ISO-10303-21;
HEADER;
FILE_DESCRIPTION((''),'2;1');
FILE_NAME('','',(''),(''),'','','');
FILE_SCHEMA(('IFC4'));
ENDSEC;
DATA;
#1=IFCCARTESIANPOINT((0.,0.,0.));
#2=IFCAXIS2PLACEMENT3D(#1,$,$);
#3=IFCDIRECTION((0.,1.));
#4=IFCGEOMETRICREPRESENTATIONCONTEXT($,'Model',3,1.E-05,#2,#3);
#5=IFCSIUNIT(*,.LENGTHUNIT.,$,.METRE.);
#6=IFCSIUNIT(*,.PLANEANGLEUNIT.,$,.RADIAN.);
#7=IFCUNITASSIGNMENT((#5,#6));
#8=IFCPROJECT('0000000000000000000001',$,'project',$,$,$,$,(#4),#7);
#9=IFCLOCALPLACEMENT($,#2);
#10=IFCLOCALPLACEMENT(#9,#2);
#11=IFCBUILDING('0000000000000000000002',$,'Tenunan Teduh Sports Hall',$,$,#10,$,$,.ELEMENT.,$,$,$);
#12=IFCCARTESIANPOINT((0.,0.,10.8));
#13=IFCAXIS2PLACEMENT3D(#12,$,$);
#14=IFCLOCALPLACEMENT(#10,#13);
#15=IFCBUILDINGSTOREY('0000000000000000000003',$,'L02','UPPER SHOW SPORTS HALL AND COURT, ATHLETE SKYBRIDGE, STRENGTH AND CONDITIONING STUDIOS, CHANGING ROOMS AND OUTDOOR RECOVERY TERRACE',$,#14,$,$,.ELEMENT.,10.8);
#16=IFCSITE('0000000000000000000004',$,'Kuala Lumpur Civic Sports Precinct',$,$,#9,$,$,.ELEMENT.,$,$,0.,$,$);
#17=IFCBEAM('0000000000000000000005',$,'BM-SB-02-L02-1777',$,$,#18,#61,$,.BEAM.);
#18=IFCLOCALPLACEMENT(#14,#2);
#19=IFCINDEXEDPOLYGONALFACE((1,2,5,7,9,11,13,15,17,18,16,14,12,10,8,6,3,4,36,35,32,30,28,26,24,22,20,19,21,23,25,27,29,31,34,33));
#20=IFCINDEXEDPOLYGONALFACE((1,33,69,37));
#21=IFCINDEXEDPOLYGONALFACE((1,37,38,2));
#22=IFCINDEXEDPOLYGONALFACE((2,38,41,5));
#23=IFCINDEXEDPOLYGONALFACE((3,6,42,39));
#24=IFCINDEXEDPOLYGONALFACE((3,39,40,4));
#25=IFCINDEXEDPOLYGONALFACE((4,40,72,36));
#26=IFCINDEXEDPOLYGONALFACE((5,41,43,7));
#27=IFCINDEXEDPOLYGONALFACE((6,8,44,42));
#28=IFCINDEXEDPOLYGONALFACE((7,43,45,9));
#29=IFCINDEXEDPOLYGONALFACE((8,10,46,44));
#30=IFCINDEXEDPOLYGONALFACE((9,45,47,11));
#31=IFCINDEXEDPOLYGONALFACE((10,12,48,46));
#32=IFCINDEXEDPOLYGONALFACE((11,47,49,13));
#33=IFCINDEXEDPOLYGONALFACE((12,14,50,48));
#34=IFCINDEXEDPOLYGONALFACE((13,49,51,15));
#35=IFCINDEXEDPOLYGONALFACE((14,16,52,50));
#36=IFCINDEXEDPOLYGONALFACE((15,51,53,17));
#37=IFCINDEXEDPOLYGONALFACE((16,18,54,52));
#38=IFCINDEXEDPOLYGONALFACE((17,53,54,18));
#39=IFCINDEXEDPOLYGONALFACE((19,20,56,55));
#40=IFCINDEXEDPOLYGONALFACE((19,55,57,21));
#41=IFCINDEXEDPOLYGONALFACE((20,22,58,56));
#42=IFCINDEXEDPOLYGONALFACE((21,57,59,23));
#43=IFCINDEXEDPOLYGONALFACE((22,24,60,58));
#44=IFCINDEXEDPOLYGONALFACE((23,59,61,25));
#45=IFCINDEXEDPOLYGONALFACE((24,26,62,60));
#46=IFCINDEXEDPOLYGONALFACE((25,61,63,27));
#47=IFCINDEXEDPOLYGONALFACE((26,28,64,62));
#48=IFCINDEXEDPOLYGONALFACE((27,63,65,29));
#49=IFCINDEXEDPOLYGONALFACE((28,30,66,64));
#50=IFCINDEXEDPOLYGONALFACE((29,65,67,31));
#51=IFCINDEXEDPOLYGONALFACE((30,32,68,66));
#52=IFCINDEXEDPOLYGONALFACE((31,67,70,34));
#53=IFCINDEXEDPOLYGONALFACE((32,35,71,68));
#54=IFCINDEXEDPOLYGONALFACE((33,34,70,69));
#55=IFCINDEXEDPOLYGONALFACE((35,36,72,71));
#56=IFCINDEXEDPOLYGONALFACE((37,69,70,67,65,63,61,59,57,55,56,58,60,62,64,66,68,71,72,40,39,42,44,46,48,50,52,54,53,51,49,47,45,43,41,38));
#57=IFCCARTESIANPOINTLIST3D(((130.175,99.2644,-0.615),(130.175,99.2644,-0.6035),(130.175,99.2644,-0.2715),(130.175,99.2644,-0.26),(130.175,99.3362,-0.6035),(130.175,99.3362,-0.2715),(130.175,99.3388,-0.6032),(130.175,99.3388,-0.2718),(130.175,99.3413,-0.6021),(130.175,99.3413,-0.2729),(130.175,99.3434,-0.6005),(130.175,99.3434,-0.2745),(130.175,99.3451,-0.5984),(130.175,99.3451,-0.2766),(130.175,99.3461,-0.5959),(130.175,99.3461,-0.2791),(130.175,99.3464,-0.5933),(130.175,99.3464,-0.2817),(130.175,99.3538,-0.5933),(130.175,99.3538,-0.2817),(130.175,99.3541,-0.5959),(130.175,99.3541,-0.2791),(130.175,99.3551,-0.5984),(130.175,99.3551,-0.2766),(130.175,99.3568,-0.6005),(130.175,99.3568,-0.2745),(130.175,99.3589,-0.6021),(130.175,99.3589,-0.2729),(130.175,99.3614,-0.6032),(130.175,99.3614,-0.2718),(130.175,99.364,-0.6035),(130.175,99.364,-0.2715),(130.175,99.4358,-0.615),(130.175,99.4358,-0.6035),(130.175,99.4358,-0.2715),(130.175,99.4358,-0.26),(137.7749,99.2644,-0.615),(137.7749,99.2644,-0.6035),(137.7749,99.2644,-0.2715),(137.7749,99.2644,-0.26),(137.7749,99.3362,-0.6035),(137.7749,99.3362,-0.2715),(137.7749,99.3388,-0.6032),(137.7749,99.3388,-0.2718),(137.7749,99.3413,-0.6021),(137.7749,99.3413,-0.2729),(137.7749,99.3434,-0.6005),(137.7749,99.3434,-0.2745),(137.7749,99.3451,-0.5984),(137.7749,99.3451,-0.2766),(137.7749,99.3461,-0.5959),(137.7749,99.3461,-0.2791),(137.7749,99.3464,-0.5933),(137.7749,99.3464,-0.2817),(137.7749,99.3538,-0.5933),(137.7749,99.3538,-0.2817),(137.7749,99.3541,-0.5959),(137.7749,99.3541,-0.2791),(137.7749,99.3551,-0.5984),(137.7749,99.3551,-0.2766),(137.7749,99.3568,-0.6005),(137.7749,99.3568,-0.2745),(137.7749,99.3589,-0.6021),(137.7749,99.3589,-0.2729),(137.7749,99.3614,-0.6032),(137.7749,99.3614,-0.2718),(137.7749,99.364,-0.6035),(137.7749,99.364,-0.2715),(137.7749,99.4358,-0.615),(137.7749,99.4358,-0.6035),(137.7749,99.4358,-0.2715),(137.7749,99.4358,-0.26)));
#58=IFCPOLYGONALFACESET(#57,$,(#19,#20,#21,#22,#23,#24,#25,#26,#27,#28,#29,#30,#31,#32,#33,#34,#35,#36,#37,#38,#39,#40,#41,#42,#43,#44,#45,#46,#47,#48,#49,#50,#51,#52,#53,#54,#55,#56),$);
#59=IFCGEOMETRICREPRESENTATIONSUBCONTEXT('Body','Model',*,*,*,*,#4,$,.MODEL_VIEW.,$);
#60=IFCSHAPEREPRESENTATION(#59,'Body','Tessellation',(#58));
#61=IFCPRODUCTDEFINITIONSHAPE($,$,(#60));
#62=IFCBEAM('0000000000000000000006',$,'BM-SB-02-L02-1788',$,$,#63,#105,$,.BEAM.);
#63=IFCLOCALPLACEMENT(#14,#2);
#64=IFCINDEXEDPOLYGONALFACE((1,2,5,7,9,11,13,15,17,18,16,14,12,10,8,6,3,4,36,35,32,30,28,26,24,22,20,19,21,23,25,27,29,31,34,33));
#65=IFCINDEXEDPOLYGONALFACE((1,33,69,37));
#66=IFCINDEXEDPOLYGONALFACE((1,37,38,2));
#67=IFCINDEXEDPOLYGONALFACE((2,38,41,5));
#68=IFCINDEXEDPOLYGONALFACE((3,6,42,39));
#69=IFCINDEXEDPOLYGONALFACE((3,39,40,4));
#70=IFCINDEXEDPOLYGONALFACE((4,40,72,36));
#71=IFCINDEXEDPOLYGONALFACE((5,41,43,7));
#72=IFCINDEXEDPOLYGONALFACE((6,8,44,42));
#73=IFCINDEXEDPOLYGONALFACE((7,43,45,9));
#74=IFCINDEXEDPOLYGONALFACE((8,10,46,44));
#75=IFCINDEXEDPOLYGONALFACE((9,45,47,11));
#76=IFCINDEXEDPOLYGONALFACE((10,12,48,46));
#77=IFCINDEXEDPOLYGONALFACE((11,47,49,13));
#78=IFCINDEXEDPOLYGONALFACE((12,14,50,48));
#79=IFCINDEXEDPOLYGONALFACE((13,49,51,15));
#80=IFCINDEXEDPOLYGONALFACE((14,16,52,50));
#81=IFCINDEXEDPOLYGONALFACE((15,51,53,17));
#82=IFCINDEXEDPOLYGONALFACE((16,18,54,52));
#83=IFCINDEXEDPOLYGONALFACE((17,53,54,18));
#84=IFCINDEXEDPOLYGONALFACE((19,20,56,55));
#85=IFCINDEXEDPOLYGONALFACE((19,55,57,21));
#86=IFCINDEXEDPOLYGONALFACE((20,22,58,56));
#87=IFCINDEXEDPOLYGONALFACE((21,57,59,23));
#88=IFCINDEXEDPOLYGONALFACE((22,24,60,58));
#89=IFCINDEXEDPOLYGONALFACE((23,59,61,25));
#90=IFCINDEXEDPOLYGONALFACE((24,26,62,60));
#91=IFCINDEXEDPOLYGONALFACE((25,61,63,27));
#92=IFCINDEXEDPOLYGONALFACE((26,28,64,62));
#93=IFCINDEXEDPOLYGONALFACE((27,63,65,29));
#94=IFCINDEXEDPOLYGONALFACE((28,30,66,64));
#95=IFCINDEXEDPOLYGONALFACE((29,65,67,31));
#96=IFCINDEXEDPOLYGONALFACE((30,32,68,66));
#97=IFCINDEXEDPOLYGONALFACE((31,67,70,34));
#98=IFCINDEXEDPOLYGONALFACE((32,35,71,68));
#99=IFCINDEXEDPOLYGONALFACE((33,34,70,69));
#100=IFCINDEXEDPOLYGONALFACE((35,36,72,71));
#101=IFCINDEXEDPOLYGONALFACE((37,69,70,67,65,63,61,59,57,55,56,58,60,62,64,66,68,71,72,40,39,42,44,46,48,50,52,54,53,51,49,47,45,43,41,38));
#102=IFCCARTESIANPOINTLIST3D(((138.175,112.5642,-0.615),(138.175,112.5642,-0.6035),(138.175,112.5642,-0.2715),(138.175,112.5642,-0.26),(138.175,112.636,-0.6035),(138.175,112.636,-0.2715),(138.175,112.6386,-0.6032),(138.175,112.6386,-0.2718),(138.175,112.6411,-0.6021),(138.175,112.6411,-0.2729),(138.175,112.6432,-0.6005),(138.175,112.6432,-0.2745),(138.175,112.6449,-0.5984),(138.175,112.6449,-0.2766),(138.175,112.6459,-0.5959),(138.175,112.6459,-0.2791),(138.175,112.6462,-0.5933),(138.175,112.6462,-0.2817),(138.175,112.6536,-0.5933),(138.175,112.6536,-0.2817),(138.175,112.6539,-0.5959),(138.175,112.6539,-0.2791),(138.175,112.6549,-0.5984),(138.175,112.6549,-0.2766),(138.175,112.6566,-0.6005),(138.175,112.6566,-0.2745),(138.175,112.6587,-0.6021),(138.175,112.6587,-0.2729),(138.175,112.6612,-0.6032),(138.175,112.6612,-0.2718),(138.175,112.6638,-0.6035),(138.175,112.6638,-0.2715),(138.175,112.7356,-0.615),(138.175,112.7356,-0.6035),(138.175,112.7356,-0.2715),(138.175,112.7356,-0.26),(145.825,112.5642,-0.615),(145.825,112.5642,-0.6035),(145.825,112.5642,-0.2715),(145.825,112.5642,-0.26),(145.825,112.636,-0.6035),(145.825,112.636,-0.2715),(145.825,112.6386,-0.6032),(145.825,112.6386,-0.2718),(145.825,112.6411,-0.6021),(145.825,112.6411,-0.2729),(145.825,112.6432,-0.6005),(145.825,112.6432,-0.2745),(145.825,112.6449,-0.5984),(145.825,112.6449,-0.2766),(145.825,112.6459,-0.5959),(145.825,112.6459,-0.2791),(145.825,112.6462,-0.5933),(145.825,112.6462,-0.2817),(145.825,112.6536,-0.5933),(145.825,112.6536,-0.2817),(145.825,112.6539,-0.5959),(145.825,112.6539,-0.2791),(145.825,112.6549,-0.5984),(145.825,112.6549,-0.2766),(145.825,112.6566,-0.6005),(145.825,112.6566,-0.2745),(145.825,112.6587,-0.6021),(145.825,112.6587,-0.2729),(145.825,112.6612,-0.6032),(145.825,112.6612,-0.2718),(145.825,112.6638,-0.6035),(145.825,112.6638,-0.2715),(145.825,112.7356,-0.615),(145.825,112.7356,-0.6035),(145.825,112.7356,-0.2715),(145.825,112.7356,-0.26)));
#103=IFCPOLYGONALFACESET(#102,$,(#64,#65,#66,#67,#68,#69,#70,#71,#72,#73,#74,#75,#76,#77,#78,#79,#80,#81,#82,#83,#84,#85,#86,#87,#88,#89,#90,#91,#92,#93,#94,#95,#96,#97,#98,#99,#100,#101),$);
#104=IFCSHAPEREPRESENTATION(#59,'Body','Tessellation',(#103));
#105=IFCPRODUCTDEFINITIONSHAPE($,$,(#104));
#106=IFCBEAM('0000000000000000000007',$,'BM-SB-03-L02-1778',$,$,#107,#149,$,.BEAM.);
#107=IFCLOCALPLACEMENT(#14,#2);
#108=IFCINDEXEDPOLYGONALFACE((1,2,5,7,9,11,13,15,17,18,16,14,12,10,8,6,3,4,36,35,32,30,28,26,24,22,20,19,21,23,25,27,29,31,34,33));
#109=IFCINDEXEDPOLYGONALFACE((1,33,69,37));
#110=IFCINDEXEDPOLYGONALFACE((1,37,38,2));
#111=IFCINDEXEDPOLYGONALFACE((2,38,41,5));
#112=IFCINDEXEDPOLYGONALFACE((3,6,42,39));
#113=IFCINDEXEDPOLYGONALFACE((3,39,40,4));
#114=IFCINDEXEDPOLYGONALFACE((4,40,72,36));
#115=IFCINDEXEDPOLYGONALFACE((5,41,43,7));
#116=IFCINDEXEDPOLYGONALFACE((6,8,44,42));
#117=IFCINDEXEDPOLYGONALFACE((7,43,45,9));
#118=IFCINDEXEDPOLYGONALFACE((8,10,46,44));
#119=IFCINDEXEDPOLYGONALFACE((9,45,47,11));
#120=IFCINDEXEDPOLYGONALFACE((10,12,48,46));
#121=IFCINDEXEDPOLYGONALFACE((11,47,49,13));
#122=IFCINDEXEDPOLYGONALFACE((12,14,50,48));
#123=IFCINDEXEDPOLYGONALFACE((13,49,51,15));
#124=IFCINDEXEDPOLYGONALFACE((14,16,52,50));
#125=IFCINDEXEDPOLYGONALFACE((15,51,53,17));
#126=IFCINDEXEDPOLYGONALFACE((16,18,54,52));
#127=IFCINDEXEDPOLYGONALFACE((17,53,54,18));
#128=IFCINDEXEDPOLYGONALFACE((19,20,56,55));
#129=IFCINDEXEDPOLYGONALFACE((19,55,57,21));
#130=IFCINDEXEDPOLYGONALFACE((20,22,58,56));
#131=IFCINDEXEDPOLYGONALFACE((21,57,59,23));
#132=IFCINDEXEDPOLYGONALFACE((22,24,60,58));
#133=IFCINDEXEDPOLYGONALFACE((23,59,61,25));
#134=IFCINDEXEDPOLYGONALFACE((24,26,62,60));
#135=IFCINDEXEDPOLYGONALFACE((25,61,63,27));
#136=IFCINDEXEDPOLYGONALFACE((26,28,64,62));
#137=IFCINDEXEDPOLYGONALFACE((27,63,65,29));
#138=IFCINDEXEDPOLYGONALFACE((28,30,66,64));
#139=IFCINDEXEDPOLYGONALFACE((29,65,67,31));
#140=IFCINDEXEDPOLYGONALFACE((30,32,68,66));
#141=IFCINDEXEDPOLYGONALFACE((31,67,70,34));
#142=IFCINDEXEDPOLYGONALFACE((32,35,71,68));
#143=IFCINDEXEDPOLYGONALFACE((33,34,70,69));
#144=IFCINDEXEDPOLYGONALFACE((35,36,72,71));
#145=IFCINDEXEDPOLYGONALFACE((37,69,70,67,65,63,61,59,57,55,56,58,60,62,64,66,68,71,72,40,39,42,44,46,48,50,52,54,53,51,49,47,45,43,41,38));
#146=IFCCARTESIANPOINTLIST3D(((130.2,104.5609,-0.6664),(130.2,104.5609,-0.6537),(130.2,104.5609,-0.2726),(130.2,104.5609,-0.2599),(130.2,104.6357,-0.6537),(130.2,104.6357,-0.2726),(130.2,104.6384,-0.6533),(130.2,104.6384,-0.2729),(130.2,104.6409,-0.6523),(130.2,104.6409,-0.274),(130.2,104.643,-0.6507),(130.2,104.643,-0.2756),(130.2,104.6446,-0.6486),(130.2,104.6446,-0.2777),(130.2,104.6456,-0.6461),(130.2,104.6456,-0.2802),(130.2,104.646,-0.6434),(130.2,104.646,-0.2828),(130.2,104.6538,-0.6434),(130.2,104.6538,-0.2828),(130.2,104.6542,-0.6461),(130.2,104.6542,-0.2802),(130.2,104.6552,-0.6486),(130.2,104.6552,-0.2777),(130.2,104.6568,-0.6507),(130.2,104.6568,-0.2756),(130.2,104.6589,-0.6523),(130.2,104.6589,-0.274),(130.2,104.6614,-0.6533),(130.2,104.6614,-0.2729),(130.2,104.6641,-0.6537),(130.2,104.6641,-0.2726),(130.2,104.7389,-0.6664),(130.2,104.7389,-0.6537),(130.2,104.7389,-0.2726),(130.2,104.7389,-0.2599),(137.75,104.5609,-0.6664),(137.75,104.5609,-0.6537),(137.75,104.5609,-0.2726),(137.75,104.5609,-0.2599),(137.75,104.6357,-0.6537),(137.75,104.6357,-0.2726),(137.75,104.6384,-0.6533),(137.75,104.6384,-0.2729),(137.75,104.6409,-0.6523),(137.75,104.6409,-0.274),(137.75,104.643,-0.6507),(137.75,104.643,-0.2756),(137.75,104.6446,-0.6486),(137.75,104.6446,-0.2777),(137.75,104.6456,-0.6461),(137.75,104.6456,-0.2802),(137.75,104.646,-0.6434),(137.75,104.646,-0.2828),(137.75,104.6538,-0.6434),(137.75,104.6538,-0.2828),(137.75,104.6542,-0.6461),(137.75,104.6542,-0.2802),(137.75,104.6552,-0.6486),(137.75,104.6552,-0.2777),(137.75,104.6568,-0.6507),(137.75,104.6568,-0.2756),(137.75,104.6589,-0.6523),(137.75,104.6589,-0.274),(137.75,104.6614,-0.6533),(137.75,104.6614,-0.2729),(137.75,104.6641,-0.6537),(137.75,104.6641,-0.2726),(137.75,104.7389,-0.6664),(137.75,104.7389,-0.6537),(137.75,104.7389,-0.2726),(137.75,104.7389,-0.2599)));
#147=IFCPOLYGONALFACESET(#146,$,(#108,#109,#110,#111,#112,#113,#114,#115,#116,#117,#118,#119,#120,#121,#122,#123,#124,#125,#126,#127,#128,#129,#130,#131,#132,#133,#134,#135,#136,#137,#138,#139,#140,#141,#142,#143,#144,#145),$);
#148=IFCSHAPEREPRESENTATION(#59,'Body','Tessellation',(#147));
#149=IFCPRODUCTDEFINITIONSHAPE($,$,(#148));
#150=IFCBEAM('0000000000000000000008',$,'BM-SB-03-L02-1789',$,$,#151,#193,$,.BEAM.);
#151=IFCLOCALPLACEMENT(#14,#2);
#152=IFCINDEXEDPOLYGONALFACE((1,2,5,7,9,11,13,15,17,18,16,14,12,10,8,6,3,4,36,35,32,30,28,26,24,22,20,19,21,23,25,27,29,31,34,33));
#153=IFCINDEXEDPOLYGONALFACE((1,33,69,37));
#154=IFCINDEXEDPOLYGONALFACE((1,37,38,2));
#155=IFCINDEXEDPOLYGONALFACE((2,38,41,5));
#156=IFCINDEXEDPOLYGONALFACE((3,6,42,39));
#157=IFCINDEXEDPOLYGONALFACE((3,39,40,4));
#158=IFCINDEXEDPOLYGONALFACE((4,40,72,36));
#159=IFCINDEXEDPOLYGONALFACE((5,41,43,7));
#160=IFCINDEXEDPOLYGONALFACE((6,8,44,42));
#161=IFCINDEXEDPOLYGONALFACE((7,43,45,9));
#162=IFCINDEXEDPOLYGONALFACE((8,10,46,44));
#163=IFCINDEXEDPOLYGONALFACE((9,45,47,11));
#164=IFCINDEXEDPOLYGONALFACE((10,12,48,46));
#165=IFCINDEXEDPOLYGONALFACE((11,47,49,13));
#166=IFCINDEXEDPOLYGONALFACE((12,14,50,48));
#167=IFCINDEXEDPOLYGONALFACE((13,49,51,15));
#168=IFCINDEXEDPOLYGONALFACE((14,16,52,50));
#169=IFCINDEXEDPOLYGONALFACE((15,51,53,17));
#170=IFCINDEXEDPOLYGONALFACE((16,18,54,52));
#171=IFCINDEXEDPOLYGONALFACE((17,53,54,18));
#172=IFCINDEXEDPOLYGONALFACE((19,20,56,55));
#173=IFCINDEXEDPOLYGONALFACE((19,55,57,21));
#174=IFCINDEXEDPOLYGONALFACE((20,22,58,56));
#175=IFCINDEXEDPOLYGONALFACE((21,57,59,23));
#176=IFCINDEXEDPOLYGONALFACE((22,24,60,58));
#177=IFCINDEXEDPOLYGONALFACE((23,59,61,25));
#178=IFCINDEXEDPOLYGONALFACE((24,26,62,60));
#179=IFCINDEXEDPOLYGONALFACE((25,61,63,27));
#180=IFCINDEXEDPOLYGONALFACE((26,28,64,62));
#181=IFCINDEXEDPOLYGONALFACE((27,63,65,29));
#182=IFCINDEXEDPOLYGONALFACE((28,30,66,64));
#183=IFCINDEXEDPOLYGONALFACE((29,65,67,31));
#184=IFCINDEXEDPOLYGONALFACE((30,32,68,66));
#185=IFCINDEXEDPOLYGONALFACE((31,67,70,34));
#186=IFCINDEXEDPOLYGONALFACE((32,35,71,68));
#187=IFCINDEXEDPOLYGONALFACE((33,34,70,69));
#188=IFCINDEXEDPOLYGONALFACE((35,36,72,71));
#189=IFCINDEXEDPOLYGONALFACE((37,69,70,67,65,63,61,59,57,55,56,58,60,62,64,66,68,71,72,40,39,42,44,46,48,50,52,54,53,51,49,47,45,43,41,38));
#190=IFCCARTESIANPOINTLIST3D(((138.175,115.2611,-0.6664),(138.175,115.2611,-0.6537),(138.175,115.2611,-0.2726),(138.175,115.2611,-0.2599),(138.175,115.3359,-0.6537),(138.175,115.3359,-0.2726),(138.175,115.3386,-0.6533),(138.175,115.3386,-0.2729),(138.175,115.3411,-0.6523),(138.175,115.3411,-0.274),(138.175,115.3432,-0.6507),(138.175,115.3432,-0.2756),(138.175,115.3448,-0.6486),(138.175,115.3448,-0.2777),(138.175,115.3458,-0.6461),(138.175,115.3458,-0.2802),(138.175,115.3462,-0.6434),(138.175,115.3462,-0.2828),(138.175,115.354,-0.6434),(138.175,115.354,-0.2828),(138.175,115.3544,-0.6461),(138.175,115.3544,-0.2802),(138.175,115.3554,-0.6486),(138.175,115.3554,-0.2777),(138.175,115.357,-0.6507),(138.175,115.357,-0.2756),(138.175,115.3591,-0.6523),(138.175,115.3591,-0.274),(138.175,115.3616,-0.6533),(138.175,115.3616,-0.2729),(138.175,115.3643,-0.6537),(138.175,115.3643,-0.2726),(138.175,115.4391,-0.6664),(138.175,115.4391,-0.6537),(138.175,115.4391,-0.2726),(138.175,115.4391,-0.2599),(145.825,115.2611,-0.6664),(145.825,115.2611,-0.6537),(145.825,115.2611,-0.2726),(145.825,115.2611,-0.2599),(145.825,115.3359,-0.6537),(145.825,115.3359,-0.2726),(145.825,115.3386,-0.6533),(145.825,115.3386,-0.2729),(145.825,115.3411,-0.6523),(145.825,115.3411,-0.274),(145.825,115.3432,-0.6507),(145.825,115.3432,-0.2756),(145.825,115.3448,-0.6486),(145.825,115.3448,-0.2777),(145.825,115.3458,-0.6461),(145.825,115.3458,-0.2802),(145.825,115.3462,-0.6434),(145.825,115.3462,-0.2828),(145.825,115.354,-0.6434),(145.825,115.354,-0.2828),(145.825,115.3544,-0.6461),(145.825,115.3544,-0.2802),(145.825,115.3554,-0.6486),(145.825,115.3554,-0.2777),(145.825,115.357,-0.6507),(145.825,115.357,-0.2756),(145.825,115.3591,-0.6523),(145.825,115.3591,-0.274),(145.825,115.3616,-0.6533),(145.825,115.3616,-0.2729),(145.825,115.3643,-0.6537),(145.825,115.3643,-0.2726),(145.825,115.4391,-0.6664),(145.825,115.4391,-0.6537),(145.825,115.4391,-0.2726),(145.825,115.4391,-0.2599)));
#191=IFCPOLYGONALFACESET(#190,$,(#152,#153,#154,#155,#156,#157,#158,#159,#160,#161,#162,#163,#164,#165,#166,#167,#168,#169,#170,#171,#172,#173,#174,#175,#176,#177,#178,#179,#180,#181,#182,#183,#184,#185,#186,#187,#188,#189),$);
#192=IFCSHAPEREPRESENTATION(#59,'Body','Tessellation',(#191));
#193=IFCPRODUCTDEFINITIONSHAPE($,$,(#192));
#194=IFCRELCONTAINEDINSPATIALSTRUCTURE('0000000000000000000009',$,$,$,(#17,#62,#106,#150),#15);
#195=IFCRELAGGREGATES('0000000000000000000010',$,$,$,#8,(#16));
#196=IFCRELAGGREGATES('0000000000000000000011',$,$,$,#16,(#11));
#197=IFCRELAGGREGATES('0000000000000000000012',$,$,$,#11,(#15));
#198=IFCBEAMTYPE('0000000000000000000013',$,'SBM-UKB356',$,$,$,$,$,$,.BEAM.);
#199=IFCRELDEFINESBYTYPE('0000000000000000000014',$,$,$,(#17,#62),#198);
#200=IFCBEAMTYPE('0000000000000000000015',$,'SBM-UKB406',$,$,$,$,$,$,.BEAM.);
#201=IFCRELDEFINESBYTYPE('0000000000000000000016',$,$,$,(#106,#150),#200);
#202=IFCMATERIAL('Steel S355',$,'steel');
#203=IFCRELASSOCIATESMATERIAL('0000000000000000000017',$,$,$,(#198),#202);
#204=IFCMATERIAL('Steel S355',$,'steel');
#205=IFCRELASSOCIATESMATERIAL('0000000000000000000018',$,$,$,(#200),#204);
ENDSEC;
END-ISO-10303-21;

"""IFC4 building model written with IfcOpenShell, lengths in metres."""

from ifc_helpers import new_model, si_unit, direction, frame, origin, origin_2d, place, context, subcontext, project, spatial, i_section, extrude, material, material_profile, profile_set, type_object, element, save


model = new_model("IFC4")

# Units and contexts
model_context = context("Model", 3, precision=1e-05, world=origin(), true_north=direction((0.0, 1.0)))
body_context = subcontext(model_context, "Body", "Model", "MODEL_VIEW")
ifc_project = project(units=[si_unit("LENGTHUNIT", "METRE"), si_unit("PLANEANGLEUNIT", "RADIAN")], contexts=[model_context])

# Site, building, storey
site_placement = place(None, origin())
site = spatial("IfcSite", under=ifc_project, at=site_placement, Name="Kuala Lumpur Civic Sports Precinct", CompositionType="ELEMENT", RefElevation=0.0)
building_placement = place(site_placement, origin())
building = spatial("IfcBuilding", under=site, at=building_placement, Name="Tenunan Teduh Sports Hall", CompositionType="ELEMENT")
storey_placement = place(building_placement, frame((0.0, 0.0, 10.8)))
storey = spatial("IfcBuildingStorey", under=building, at=storey_placement, Name="L02", Description="UPPER SHOW SPORTS HALL AND COURT, ATHLETE SKYBRIDGE, STRENGTH AND CONDITIONING STUDIOS, CHANGING ROOMS AND OUTDOOR RECOVERY TERRACE", CompositionType="ELEMENT", Elevation=10.8)

# Beams
ifc_material_1 = material(Name="Steel S355", Category="steel")
ifc_material_profile_1 = material_profile(ifc_material_1, i_section(OverallWidth=0.1714, OverallDepth=0.355, WebThickness=0.0073, FlangeThickness=0.0115, FilletRadius=0.0103, at=origin_2d()), Name="UKB 356x171x51")
ifc_profile_set_1 = profile_set([ifc_material_profile_1], Name="Steel S355")
beam_type_1 = type_object("IfcBeamType", Name="SBM-UKB356", PredefinedType="BEAM", material=ifc_profile_set_1)
beam_1_placement = place(storey_placement, frame((130.175, 99.3501, -0.4375), z_axis=(1.0, 0.0, 0.0), x_axis=(0.0, 1.0, 0.0)))
element("IfcBeam", 1, at=beam_1_placement, inside=storey, type_object=beam_type_1, Name="BM-SB-02-L02-1777", PredefinedType="BEAM", context=body_context, shape_type="SweptSolid", body=[
    extrude(i_section(OverallWidth=0.1714, OverallDepth=0.355, WebThickness=0.0073, FlangeThickness=0.0115, FilletRadius=0.0103, at=origin_2d()), origin(), (0.0, 0.0, 1.0), 7.5999),
])
beam_2_placement = place(storey_placement, frame((138.175, 112.6499, -0.4375), z_axis=(1.0, 0.0, 0.0), x_axis=(0.0, 1.0, 0.0)))
element("IfcBeam", 2, at=beam_2_placement, inside=storey, type_object=beam_type_1, Name="BM-SB-02-L02-1788", PredefinedType="BEAM", context=body_context, shape_type="SweptSolid", body=[
    extrude(i_section(OverallWidth=0.1714, OverallDepth=0.355, WebThickness=0.0073, FlangeThickness=0.0115, FilletRadius=0.0103, at=origin_2d()), origin(), (0.0, 0.0, 1.0), 7.6499),
])
ifc_material_2 = material(Name="Steel S355", Category="steel")
ifc_material_profile_2 = material_profile(ifc_material_2, i_section(OverallWidth=0.178, OverallDepth=0.4065, WebThickness=0.0078, FlangeThickness=0.0127, FilletRadius=0.0103, at=origin_2d()), Name="UKB 406x178x60")
ifc_profile_set_2 = profile_set([ifc_material_profile_2], Name="Steel S355")
beam_type_2 = type_object("IfcBeamType", Name="SBM-UKB406", PredefinedType="BEAM", material=ifc_profile_set_2)
beam_3_placement = place(storey_placement, frame((130.2, 104.6499, -0.4631), z_axis=(1.0, 0.0, 0.0), x_axis=(0.0, 1.0, 0.0)))
element("IfcBeam", 3, at=beam_3_placement, inside=storey, type_object=beam_type_2, Name="BM-SB-03-L02-1778", PredefinedType="BEAM", context=body_context, shape_type="SweptSolid", body=[
    extrude(i_section(OverallWidth=0.178, OverallDepth=0.4065, WebThickness=0.0078, FlangeThickness=0.0127, FilletRadius=0.0103, at=origin_2d()), origin(), (0.0, 0.0, 1.0), 7.55),
])
beam_4_placement = place(storey_placement, frame((138.175, 115.3501, -0.4631), z_axis=(1.0, 0.0, 0.0), x_axis=(0.0, 1.0, 0.0)))
element("IfcBeam", 4, at=beam_4_placement, inside=storey, type_object=beam_type_2, Name="BM-SB-03-L02-1789", PredefinedType="BEAM", context=body_context, shape_type="SweptSolid", body=[
    extrude(i_section(OverallWidth=0.178, OverallDepth=0.4065, WebThickness=0.0078, FlangeThickness=0.0127, FilletRadius=0.0103, at=origin_2d()), origin(), (0.0, 0.0, 1.0), 7.6499),
])

save(model, "model.ifc")
